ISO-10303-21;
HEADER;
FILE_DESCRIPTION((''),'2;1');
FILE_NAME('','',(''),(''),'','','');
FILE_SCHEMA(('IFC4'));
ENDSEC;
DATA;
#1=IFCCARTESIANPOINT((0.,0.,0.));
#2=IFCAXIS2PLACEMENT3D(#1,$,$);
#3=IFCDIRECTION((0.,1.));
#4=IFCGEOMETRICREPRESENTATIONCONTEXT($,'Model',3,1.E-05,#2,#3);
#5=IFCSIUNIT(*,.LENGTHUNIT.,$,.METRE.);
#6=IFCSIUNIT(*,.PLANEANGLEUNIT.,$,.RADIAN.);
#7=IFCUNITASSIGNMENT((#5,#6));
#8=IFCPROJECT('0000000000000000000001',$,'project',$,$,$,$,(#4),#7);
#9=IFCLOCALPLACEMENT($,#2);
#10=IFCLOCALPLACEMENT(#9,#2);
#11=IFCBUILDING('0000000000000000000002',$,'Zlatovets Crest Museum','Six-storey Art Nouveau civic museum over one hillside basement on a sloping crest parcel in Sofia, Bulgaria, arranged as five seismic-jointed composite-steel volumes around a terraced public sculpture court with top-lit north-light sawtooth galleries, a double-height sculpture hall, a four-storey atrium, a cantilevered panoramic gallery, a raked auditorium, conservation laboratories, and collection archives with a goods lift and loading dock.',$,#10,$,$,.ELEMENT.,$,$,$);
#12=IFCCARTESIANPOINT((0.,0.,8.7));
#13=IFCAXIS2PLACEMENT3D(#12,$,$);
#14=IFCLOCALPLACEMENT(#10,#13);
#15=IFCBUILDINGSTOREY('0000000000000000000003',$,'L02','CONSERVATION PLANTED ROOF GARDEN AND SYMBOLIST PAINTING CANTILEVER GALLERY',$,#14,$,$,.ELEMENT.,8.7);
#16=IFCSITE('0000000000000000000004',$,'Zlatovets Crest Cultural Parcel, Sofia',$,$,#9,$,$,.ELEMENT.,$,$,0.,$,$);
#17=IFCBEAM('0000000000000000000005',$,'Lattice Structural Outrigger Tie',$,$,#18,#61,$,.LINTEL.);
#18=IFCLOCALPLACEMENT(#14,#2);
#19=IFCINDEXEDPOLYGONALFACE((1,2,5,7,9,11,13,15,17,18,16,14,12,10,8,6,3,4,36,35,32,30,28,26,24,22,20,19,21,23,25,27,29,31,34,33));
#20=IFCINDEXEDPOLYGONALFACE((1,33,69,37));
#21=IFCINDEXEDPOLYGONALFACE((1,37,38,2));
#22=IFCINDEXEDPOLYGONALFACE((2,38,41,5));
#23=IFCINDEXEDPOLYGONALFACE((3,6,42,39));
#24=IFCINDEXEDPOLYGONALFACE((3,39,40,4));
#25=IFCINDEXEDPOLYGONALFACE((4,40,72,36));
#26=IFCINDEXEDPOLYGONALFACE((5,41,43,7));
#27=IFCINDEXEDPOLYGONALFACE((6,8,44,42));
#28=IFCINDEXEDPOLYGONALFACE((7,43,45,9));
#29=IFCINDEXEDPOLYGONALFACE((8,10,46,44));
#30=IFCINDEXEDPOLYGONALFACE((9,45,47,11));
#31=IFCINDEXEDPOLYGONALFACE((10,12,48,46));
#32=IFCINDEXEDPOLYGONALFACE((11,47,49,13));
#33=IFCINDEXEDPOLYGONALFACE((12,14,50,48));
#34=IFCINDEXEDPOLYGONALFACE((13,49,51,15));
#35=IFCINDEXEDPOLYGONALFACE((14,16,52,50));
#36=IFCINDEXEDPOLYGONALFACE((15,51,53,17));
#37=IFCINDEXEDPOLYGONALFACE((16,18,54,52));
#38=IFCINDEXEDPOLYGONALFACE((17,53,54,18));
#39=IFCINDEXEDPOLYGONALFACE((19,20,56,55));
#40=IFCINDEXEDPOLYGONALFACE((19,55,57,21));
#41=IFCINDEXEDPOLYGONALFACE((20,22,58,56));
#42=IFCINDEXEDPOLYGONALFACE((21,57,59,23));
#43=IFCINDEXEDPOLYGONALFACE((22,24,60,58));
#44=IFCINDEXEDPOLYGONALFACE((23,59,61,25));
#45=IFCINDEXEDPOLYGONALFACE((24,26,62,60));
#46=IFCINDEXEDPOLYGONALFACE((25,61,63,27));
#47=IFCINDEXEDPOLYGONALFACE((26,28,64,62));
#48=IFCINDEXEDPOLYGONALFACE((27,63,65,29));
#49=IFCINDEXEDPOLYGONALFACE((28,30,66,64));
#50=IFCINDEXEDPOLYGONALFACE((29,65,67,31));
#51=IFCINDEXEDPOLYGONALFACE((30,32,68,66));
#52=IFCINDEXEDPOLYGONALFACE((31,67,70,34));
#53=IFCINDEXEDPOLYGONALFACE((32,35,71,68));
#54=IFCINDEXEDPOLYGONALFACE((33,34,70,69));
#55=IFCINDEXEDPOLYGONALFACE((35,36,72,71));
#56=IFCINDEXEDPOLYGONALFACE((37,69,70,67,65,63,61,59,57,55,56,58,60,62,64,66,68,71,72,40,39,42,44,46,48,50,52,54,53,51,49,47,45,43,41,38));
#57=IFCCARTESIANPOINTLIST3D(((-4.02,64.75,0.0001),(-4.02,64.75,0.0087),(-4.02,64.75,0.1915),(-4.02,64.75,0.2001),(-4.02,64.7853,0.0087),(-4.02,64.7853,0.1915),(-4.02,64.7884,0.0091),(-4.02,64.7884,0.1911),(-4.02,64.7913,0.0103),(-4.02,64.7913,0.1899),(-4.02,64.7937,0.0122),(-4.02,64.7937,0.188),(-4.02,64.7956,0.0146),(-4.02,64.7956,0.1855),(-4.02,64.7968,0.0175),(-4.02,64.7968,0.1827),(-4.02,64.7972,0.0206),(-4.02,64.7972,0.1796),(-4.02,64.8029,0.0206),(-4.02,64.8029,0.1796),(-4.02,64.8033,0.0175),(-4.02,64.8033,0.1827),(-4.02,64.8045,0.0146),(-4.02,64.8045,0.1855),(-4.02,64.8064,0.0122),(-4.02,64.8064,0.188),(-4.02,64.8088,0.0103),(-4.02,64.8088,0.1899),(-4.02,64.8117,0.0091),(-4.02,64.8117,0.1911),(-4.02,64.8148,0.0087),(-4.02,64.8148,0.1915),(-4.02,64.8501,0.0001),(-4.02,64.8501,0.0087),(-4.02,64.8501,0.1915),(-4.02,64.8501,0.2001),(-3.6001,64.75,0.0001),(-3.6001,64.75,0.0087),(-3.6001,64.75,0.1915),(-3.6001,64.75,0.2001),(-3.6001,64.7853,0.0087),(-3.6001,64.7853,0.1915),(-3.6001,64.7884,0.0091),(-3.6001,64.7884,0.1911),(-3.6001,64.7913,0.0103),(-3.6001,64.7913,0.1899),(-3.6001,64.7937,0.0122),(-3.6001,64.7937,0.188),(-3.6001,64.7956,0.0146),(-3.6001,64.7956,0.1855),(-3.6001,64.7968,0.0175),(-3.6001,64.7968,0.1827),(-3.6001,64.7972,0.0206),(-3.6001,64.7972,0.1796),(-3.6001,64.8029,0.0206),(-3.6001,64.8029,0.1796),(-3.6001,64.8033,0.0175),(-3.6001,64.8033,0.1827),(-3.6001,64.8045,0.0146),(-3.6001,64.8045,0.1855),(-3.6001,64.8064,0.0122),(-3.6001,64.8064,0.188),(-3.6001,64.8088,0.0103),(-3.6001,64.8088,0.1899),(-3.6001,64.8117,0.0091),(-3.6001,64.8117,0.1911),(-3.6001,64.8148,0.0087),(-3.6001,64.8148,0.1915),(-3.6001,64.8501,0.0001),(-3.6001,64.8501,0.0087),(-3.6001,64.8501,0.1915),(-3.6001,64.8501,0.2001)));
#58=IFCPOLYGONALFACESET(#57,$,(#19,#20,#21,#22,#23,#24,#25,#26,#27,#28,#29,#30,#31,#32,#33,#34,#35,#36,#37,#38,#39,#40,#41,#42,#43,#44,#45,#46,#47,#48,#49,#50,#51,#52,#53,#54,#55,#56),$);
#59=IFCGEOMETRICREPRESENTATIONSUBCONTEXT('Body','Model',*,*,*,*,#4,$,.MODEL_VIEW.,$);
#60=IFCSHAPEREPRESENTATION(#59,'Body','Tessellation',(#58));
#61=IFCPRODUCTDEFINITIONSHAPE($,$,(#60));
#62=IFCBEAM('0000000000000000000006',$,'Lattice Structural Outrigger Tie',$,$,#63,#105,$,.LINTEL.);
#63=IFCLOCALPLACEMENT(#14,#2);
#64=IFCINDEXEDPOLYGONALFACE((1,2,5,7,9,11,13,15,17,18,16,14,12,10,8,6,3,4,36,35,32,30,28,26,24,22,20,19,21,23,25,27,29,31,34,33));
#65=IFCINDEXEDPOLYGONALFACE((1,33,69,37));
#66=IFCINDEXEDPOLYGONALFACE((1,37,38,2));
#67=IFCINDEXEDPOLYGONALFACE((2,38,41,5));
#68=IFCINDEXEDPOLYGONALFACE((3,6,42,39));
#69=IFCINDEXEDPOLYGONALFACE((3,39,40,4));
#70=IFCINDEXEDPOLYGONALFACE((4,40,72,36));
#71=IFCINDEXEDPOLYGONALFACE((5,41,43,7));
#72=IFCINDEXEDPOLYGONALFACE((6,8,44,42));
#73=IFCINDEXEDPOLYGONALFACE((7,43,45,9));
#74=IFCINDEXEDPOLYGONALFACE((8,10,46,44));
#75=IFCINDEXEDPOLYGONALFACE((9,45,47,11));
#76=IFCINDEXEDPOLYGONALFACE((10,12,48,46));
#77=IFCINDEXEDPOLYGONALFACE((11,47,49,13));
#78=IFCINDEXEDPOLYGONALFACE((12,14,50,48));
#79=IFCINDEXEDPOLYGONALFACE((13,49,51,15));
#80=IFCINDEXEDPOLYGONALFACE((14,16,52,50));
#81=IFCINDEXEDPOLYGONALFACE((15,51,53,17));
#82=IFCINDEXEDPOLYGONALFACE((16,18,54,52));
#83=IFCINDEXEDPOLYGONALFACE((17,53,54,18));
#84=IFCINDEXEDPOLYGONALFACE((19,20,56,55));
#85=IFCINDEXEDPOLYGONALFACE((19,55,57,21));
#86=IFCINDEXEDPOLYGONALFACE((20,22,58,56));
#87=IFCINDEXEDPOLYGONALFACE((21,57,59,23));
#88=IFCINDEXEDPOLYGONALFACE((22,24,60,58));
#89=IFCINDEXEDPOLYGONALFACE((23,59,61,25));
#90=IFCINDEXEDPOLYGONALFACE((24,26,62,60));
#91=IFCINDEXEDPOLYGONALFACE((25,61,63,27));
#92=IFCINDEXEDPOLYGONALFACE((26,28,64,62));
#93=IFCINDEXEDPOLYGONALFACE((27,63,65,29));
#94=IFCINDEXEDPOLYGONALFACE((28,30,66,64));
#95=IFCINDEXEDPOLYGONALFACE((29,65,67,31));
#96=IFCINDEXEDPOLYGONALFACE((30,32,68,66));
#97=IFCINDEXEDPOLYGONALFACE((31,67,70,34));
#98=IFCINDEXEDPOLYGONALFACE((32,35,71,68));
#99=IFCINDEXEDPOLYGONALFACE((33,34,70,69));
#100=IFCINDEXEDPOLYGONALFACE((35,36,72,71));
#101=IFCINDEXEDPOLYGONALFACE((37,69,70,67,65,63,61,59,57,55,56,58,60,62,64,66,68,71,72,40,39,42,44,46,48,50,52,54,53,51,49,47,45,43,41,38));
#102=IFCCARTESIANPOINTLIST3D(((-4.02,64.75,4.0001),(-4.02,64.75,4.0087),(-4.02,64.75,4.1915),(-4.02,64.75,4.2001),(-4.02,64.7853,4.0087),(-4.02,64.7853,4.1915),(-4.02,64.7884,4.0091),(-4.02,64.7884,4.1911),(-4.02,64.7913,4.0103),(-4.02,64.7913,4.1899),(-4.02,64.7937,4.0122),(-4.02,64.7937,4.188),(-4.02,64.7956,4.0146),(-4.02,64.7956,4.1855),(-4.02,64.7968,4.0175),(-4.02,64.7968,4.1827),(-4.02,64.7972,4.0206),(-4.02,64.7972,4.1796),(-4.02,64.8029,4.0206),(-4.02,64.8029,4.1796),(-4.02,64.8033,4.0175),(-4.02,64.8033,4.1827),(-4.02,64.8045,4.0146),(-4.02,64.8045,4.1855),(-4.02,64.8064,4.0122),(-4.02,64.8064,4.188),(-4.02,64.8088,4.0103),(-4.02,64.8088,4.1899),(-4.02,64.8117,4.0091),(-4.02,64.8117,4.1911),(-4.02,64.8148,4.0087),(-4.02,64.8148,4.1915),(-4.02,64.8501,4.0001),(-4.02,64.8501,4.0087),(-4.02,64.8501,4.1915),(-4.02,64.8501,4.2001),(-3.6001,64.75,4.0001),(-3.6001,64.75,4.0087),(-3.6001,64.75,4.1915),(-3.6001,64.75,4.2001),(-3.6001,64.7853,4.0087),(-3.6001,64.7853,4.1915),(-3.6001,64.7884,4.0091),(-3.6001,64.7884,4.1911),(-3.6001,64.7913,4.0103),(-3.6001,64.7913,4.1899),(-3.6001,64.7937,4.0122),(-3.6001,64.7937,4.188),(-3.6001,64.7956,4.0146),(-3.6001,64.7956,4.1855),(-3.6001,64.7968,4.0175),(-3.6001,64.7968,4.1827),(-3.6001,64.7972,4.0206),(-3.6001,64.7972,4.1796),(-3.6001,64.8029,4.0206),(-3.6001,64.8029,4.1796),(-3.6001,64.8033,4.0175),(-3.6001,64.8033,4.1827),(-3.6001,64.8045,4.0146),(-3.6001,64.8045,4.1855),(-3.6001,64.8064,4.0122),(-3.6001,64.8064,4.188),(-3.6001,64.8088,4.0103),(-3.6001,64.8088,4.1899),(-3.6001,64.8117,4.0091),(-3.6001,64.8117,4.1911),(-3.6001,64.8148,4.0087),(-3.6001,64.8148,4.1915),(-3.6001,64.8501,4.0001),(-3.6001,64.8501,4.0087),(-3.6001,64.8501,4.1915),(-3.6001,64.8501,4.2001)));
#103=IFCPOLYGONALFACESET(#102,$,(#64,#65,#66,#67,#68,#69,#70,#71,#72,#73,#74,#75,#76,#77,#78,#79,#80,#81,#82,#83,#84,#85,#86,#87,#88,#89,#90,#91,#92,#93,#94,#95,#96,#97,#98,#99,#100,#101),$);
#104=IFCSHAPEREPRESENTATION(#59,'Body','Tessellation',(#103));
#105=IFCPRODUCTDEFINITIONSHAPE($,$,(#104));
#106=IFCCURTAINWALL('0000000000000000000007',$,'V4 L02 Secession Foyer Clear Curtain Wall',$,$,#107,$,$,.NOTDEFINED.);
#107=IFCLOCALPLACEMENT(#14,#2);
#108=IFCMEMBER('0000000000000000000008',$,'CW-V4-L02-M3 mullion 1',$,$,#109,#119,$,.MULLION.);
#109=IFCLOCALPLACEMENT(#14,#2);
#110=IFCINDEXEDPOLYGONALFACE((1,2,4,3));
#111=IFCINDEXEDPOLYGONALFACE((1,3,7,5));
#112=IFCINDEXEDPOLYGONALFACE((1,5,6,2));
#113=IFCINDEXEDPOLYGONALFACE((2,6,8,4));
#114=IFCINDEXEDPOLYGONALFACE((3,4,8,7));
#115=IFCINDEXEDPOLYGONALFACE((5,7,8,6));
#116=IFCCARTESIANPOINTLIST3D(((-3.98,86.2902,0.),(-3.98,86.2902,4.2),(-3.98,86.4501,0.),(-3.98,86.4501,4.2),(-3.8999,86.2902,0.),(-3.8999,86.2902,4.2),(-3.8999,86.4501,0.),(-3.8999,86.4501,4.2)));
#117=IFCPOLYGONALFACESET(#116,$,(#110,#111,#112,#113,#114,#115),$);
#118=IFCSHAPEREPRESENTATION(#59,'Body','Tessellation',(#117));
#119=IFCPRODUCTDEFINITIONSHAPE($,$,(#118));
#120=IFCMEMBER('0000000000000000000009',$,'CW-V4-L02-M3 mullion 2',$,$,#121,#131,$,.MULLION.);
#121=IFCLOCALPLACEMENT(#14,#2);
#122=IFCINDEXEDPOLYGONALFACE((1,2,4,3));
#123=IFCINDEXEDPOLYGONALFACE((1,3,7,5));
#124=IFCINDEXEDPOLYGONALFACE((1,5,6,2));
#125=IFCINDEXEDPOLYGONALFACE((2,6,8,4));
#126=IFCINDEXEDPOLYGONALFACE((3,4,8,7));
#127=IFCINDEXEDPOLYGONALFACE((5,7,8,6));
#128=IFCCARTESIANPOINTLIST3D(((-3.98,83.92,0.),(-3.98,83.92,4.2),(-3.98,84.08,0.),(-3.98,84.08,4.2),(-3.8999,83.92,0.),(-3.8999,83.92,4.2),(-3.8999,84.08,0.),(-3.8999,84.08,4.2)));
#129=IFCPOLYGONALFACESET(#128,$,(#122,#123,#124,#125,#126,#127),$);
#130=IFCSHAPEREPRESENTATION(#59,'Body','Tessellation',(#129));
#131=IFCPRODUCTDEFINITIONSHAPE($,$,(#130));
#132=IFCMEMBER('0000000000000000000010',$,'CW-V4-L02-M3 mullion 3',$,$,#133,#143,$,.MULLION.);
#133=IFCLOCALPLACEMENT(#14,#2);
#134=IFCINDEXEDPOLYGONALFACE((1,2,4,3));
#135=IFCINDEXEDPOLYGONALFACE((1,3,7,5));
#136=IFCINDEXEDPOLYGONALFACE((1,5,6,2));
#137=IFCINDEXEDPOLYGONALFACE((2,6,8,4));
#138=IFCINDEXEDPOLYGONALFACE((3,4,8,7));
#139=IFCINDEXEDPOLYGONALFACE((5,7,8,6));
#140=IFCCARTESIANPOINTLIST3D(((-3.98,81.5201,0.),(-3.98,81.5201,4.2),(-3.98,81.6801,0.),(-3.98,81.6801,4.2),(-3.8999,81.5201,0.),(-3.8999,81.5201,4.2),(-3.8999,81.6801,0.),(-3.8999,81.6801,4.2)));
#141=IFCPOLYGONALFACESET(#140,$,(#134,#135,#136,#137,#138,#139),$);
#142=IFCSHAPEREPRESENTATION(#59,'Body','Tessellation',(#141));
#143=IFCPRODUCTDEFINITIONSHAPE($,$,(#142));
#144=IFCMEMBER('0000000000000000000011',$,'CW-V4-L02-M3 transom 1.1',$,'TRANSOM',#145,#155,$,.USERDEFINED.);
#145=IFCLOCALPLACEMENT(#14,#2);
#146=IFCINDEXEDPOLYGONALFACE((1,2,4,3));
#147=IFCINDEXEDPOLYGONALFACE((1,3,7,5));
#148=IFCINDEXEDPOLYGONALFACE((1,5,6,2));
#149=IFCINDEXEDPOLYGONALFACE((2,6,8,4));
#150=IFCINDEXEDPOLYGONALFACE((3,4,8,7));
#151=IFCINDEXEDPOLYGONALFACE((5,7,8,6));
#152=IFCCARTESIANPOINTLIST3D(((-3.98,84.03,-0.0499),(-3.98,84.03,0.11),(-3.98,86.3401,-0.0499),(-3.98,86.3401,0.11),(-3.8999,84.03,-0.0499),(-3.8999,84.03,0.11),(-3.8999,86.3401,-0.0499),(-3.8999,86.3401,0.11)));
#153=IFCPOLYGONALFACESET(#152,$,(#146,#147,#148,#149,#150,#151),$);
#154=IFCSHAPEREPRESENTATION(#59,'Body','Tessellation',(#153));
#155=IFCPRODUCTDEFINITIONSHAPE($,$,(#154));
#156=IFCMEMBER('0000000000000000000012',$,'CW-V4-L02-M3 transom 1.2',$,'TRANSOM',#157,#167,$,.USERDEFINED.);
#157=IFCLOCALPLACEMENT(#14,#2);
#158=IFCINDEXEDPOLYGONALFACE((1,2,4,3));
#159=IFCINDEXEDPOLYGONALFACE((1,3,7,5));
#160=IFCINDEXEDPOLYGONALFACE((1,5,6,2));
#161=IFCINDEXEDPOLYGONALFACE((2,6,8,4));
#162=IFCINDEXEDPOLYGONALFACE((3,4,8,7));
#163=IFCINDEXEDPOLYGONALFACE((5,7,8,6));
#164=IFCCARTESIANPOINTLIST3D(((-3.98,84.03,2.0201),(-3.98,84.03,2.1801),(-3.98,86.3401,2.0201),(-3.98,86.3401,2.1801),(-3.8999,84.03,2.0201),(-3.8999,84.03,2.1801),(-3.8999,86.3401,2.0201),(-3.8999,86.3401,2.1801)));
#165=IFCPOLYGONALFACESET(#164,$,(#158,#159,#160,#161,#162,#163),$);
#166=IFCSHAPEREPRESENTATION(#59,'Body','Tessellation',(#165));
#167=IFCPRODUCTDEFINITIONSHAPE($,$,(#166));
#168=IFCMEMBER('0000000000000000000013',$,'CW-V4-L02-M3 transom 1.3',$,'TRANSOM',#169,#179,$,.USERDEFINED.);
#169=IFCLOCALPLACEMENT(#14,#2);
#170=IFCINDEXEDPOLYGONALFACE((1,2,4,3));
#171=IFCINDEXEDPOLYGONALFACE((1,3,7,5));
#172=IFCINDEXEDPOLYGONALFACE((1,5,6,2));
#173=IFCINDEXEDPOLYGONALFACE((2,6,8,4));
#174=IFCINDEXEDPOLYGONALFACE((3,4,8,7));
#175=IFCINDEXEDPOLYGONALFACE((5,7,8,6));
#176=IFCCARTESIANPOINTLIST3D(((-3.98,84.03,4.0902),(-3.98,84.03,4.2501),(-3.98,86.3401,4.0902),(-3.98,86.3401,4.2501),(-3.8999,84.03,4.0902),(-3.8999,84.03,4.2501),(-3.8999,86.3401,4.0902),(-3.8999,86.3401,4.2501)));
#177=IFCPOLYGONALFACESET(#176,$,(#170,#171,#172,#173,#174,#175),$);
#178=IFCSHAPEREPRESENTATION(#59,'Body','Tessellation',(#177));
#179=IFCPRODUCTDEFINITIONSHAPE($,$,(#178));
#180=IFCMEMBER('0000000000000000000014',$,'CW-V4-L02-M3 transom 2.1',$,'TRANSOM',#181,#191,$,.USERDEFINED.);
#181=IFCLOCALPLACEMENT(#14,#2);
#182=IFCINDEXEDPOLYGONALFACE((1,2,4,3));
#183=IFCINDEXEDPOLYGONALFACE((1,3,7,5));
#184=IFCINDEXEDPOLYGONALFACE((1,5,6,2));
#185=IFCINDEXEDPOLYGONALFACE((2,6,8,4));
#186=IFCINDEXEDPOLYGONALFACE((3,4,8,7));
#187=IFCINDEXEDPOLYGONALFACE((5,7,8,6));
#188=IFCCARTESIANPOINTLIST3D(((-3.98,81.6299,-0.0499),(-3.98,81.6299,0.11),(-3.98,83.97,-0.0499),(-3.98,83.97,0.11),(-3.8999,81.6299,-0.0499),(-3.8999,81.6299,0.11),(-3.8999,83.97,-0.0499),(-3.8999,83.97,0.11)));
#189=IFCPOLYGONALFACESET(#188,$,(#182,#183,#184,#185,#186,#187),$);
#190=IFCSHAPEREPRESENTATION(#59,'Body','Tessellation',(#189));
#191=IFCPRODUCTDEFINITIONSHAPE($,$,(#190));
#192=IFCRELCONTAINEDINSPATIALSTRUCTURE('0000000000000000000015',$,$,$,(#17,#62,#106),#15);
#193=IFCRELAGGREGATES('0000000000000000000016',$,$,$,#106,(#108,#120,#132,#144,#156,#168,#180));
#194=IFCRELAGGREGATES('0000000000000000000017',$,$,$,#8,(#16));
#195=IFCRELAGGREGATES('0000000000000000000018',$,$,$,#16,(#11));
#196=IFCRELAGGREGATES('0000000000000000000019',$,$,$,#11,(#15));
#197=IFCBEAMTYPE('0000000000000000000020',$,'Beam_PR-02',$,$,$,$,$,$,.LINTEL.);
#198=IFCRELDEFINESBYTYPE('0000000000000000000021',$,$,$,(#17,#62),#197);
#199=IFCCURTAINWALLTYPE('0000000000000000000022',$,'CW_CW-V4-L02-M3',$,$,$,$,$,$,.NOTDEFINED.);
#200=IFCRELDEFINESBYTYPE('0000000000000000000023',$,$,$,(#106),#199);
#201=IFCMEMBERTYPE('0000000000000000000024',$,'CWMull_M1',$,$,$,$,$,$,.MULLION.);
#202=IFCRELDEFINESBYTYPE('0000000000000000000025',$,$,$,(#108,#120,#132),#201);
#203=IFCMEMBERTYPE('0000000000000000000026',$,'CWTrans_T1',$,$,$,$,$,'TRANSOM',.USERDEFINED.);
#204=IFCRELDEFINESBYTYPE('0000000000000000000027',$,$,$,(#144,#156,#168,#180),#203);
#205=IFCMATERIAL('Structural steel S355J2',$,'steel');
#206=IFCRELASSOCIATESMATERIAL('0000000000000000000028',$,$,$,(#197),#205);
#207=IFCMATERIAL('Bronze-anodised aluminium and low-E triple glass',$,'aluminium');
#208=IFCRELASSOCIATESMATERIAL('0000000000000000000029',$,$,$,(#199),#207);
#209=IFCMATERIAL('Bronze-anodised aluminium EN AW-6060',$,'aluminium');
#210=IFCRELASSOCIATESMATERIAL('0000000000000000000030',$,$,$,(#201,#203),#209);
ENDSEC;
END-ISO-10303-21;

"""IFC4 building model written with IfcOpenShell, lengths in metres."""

from ifc_helpers import new_model, si_unit, direction, frame, origin, origin_2d, place, context, subcontext, project, spatial, rectangle, i_section, extrude, material, material_profile, profile_set, type_object, element, aggregate, save


model = new_model("IFC4")

# Units and contexts
model_context = context("Model", 3, precision=1e-05, world=origin(), true_north=direction((0.0, 1.0)))
body_context = subcontext(model_context, "Body", "Model", "MODEL_VIEW")
ifc_project = project(units=[si_unit("LENGTHUNIT", "METRE"), si_unit("PLANEANGLEUNIT", "RADIAN")], contexts=[model_context])

# Site, building, storey
site_placement = place(None, origin())
site = spatial("IfcSite", under=ifc_project, at=site_placement, Name="Zlatovets Crest Cultural Parcel, Sofia", CompositionType="ELEMENT", RefElevation=0.0)
building_placement = place(site_placement, origin())
building = spatial("IfcBuilding", under=site, at=building_placement, Name="Zlatovets Crest Museum", Description="Six-storey Art Nouveau civic museum over one hillside basement on a sloping crest parcel in Sofia, Bulgaria, arranged as five seismic-jointed composite-steel volumes around a terraced public sculpture court with top-lit north-light sawtooth galleries, a double-height sculpture hall, a four-storey atrium, a cantilevered panoramic gallery, a raked auditorium, conservation laboratories, and collection archives with a goods lift and loading dock.", CompositionType="ELEMENT")
storey_placement = place(building_placement, frame((0.0, 0.0, 8.7)))
storey = spatial("IfcBuildingStorey", under=building, at=storey_placement, Name="L02", Description="CONSERVATION PLANTED ROOF GARDEN AND SYMBOLIST PAINTING CANTILEVER GALLERY", CompositionType="ELEMENT", Elevation=8.7)

# Beams
ifc_material_1 = material(Name="Structural steel S355J2", Category="steel")
ifc_material_profile_1 = material_profile(ifc_material_1, i_section(OverallWidth=0.1001, OverallDepth=0.2, WebThickness=0.0056, FlangeThickness=0.0085, FilletRadius=0.012, at=origin_2d()), Name="IPE 200")
ifc_profile_set_1 = profile_set([ifc_material_profile_1], Name="Structural steel S355J2")
beam_type_1 = type_object("IfcBeamType", Name="Beam_PR-02", PredefinedType="LINTEL", material=ifc_profile_set_1)
for number, where, z_axis, x_axis, name in (
    (1, (-3.6001, 64.8, 0.1001), (-1.0, 0.0, 0.0), (0.0, -1.0, 0.0), "Lattice Structural Outrigger Tie"),
    (2, (-3.6001, 64.8, 4.1001), (-1.0, 0.0, 0.0), (0.0, -1.0, 0.0), "Lattice Structural Outrigger Tie"),
):
    element("IfcBeam", number, at=place(storey_placement, frame(where, z_axis=z_axis, x_axis=x_axis)), inside=storey, type_object=beam_type_1, Name=name, PredefinedType="LINTEL", context=body_context, shape_type="SweptSolid", body=[
        extrude(i_section(OverallWidth=0.1001, OverallDepth=0.2, WebThickness=0.0056, FlangeThickness=0.0085, FilletRadius=0.012, at=origin_2d()), origin(), (0.0, 0.0, 1.0), 0.4199),
    ])

# Curtain wall, members
ifc_material_2 = material(Name="Bronze-anodised aluminium and low-E triple glass", Category="aluminium")
curtain_wall_type = type_object("IfcCurtainWallType", Name="CW_CW-V4-L02-M3", PredefinedType="NOTDEFINED", material=ifc_material_2)
curtain_wall_placement = place(storey_placement, origin())
curtain_wall = element("IfcCurtainWall", 3, at=curtain_wall_placement, inside=storey, type_object=curtain_wall_type, Name="V4 L02 Secession Foyer Clear Curtain Wall", PredefinedType="NOTDEFINED")
ifc_material_3 = material(Name="Bronze-anodised aluminium EN AW-6060", Category="aluminium")
ifc_material_profile_2 = material_profile(ifc_material_3, rectangle(XDim=0.0801, YDim=0.1599, at=origin_2d()), Name="ALU 80x160")
ifc_profile_set_2 = profile_set([ifc_material_profile_2], Name="Bronze-anodised aluminium EN AW-6060")
member_type_1 = type_object("IfcMemberType", Name="CWMull_M1", PredefinedType="MULLION", material=ifc_profile_set_2)
member_1_placement = place(storey_placement, frame((-3.9399, 86.3701, 0.0), z_axis=(0.0, 0.0, 1.0), x_axis=(1.0, 0.0, 0.0)))
member_1 = element("IfcMember", 4, at=member_1_placement, type_object=member_type_1, Name="CW-V4-L02-M3 mullion 1", PredefinedType="MULLION", context=body_context, shape_type="SweptSolid", body=[
    extrude(rectangle(XDim=0.0801, YDim=0.1599, at=origin_2d()), origin(), (0.0, 0.0, 1.0), 4.2),
])
member_2_placement = place(storey_placement, frame((-3.9399, 84.0, 0.0), z_axis=(0.0, 0.0, 1.0), x_axis=(1.0, 0.0, 0.0)))
member_2 = element("IfcMember", 5, at=member_2_placement, type_object=member_type_1, Name="CW-V4-L02-M3 mullion 2", PredefinedType="MULLION", context=body_context, shape_type="SweptSolid", body=[
    extrude(rectangle(XDim=0.0801, YDim=0.1599, at=origin_2d()), origin(), (0.0, 0.0, 1.0), 4.2),
])
member_3_placement = place(storey_placement, frame((-3.9399, 81.6001, 0.0), z_axis=(0.0, 0.0, 1.0), x_axis=(1.0, 0.0, 0.0)))
member_3 = element("IfcMember", 6, at=member_3_placement, type_object=member_type_1, Name="CW-V4-L02-M3 mullion 3", PredefinedType="MULLION", context=body_context, shape_type="SweptSolid", body=[
    extrude(rectangle(XDim=0.0801, YDim=0.1599, at=origin_2d()), origin(), (0.0, 0.0, 1.0), 4.2),
])
ifc_material_profile_3 = material_profile(ifc_material_3, rectangle(XDim=0.0801, YDim=0.1599, at=origin_2d()), Name="ALU 80x160")
ifc_profile_set_3 = profile_set([ifc_material_profile_3], Name="Bronze-anodised aluminium EN AW-6060")
member_type_2 = type_object("IfcMemberType", Name="CWTrans_T1", ElementType="TRANSOM", PredefinedType="USERDEFINED", material=ifc_profile_set_3)
member_4_placement = place(storey_placement, frame((-3.9399, 86.3401, 0.03), z_axis=(0.0, -1.0, 0.0), x_axis=(1.0, 0.0, 0.0)))
member_4 = element("IfcMember", 7, at=member_4_placement, type_object=member_type_2, Name="CW-V4-L02-M3 transom 1.1", ObjectType="TRANSOM", PredefinedType="USERDEFINED", context=body_context, shape_type="SweptSolid", body=[
    extrude(rectangle(XDim=0.0801, YDim=0.1599, at=origin_2d()), origin(), (0.0, 0.0, 1.0), 2.3101),
])
member_5_placement = place(storey_placement, frame((-3.9399, 86.3401, 2.1001), z_axis=(0.0, -1.0, 0.0), x_axis=(1.0, 0.0, 0.0)))
member_5 = element("IfcMember", 8, at=member_5_placement, type_object=member_type_2, Name="CW-V4-L02-M3 transom 1.2", ObjectType="TRANSOM", PredefinedType="USERDEFINED", context=body_context, shape_type="SweptSolid", body=[
    extrude(rectangle(XDim=0.0801, YDim=0.1599, at=origin_2d()), origin(), (0.0, 0.0, 1.0), 2.3101),
])
member_6_placement = place(storey_placement, frame((-3.9399, 86.3401, 4.1702), z_axis=(0.0, -1.0, 0.0), x_axis=(1.0, 0.0, 0.0)))
member_6 = element("IfcMember", 9, at=member_6_placement, type_object=member_type_2, Name="CW-V4-L02-M3 transom 1.3", ObjectType="TRANSOM", PredefinedType="USERDEFINED", context=body_context, shape_type="SweptSolid", body=[
    extrude(rectangle(XDim=0.0801, YDim=0.1599, at=origin_2d()), origin(), (0.0, 0.0, 1.0), 2.3101),
])
member_7_placement = place(storey_placement, frame((-3.9399, 83.97, 0.03), z_axis=(0.0, -1.0, 0.0), x_axis=(1.0, 0.0, 0.0)))
member_7 = element("IfcMember", 10, at=member_7_placement, type_object=member_type_2, Name="CW-V4-L02-M3 transom 2.1", ObjectType="TRANSOM", PredefinedType="USERDEFINED", context=body_context, shape_type="SweptSolid", body=[
    extrude(rectangle(XDim=0.0801, YDim=0.1599, at=origin_2d()), origin(), (0.0, 0.0, 1.0), 2.3401),
])

aggregate(curtain_wall, [member_1, member_2, member_3, member_4, member_5, member_6, member_7])

save(model, "model.ifc")
